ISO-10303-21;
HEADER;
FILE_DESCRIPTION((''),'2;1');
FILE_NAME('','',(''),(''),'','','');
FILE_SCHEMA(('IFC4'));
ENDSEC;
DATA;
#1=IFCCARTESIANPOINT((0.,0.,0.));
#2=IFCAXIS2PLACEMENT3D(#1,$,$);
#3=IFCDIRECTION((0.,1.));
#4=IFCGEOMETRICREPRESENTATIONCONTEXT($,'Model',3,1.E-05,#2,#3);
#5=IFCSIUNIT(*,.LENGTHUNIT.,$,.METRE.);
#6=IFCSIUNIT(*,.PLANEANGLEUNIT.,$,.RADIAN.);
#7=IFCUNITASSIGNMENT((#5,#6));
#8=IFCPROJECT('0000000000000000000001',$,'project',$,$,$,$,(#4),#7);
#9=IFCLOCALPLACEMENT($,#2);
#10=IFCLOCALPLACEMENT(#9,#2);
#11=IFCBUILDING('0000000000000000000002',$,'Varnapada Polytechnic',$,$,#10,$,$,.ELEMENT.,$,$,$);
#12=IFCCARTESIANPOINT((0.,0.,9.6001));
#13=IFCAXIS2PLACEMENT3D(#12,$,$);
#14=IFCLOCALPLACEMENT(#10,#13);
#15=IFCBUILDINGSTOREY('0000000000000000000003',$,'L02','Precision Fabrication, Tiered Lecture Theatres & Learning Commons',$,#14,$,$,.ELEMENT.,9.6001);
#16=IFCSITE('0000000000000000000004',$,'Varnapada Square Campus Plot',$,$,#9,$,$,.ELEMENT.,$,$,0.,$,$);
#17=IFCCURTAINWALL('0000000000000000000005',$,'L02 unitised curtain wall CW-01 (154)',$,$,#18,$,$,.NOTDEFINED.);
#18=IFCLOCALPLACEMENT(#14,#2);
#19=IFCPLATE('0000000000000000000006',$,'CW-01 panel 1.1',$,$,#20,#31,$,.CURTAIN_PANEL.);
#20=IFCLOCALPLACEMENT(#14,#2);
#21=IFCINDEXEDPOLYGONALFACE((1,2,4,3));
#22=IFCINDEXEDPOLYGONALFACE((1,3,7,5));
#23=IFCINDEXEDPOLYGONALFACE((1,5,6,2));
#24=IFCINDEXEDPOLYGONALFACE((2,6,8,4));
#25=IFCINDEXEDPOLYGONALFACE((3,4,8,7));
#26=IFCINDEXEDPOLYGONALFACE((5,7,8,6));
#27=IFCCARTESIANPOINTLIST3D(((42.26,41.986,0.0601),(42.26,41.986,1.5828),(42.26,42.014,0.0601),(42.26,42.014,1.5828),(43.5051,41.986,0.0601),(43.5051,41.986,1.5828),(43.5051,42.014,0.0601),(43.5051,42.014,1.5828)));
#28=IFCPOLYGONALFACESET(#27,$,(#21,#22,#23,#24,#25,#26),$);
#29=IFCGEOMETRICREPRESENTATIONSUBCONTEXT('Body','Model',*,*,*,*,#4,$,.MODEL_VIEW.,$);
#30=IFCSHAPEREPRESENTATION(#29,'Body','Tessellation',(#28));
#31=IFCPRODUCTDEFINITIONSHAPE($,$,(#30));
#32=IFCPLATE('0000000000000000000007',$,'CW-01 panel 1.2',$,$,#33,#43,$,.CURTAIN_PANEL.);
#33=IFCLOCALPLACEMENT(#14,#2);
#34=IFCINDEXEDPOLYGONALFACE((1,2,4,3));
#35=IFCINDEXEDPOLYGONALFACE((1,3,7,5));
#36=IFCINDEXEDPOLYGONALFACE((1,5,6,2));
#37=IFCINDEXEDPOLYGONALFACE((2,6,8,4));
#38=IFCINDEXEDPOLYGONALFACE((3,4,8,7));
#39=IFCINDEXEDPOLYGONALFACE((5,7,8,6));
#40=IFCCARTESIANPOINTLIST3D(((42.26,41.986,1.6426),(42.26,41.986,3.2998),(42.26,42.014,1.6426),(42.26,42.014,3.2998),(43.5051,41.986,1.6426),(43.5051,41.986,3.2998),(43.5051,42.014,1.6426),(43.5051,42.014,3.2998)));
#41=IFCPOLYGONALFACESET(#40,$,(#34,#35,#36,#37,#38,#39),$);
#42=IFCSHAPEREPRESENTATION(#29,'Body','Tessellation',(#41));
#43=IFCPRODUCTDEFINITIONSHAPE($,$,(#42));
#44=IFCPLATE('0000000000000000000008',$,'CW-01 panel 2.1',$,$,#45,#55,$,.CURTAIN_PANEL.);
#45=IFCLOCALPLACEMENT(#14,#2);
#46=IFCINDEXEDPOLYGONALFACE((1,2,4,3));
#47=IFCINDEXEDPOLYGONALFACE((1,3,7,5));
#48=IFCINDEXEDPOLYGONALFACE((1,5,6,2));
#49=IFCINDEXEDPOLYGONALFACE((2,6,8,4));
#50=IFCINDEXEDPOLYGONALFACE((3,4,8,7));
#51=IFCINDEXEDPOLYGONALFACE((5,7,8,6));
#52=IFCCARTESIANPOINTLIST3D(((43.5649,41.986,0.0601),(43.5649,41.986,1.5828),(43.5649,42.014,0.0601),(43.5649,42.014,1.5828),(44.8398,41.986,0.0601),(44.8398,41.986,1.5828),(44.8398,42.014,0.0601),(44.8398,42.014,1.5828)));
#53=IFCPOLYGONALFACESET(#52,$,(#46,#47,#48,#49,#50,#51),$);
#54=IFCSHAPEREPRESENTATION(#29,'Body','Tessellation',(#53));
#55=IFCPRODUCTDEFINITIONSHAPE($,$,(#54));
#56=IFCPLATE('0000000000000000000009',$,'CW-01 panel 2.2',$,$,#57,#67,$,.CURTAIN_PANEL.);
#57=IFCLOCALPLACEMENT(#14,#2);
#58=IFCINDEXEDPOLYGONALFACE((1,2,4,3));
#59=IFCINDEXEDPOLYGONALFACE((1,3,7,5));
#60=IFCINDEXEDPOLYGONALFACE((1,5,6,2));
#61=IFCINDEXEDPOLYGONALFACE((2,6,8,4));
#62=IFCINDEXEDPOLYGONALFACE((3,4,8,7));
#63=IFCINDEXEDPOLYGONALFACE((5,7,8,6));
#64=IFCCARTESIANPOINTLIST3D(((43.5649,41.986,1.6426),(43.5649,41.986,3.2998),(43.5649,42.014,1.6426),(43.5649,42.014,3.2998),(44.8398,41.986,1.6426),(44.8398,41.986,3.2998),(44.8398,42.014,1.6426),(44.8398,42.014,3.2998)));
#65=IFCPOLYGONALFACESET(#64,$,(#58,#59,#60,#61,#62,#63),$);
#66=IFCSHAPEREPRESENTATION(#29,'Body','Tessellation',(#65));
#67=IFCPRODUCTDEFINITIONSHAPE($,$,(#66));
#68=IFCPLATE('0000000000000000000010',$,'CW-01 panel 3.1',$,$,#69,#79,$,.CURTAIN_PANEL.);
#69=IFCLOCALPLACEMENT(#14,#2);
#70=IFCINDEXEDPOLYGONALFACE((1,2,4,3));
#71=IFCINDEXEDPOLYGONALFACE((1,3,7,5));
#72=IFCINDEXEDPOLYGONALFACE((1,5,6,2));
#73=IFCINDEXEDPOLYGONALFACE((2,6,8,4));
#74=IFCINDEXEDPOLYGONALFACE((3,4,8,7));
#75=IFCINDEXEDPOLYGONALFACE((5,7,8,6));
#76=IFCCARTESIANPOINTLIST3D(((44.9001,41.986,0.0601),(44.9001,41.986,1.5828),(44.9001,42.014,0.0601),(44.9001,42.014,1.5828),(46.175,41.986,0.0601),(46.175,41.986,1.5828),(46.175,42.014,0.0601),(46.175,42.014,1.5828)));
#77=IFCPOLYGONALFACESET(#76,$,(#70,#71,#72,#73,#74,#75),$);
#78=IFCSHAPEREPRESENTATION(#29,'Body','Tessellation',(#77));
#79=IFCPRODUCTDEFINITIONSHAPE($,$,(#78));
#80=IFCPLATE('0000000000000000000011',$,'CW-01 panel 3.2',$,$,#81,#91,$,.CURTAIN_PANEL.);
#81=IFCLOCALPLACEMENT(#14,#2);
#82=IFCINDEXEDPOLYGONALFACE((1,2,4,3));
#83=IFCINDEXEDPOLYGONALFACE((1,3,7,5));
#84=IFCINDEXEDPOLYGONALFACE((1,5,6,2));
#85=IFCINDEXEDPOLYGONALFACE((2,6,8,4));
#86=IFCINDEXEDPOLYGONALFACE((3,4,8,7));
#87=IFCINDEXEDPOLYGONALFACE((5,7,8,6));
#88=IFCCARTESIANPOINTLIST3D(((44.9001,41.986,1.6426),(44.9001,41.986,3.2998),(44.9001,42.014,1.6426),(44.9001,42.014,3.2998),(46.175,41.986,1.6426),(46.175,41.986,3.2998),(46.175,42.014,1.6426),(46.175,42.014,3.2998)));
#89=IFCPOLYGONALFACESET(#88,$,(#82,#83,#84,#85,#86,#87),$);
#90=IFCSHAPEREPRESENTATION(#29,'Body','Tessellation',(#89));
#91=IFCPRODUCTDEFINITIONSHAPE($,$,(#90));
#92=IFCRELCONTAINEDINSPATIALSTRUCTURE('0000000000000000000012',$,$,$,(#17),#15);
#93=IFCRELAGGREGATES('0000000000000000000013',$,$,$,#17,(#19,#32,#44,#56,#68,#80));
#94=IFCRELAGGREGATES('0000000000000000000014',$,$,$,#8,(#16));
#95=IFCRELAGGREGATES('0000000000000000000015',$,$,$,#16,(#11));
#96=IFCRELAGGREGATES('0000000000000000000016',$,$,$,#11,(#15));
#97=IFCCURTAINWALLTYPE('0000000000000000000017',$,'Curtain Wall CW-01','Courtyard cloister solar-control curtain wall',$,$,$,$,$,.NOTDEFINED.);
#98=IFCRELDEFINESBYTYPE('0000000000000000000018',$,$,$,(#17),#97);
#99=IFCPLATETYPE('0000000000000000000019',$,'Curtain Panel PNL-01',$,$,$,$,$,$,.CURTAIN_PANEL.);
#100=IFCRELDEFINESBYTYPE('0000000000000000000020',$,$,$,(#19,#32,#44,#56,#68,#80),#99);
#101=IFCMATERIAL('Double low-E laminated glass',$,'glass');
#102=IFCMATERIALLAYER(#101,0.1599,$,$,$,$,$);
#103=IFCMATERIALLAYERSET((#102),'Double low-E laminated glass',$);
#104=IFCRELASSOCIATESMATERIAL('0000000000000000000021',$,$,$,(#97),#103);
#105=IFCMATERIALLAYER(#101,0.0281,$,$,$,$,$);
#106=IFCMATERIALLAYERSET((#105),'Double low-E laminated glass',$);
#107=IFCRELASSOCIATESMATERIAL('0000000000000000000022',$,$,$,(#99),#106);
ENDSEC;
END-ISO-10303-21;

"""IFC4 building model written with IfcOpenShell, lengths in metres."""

from ifc_helpers import new_model, si_unit, direction, frame, origin, origin_2d, place, context, subcontext, project, spatial, rectangle, extrude, material, layer, layer_set, type_object, element, aggregate, save


model = new_model("IFC4")

# Units and contexts
model_context = context("Model", 3, precision=1e-05, world=origin(), true_north=direction((0.0, 1.0)))
body_context = subcontext(model_context, "Body", "Model", "MODEL_VIEW")
ifc_project = project(units=[si_unit("LENGTHUNIT", "METRE"), si_unit("PLANEANGLEUNIT", "RADIAN")], contexts=[model_context])

# Site, building, storey
site_placement = place(None, origin())
site = spatial("IfcSite", under=ifc_project, at=site_placement, Name="Varnapada Square Campus Plot", CompositionType="ELEMENT", RefElevation=0.0)
building_placement = place(site_placement, origin())
building = spatial("IfcBuilding", under=site, at=building_placement, Name="Varnapada Polytechnic", CompositionType="ELEMENT")
storey_placement = place(building_placement, frame((0.0, 0.0, 9.6001)))
storey = spatial("IfcBuildingStorey", under=building, at=storey_placement, Name="L02", Description="Precision Fabrication, Tiered Lecture Theatres & Learning Commons", CompositionType="ELEMENT", Elevation=9.6001)

# Curtain wall, plates
ifc_material_1 = material(Name="Double low-E laminated glass", Category="glass")
ifc_layer_1 = layer(ifc_material_1, 0.1599)
ifc_layer_set_1 = layer_set([ifc_layer_1], Name="Double low-E laminated glass")
curtain_wall_type = type_object("IfcCurtainWallType", Name="Curtain Wall CW-01", Description="Courtyard cloister solar-control curtain wall", PredefinedType="NOTDEFINED", material=ifc_layer_set_1)
curtain_wall_placement = place(storey_placement, origin())
curtain_wall = element("IfcCurtainWall", 1, at=curtain_wall_placement, inside=storey, type_object=curtain_wall_type, Name="L02 unitised curtain wall CW-01 (154)", PredefinedType="NOTDEFINED")
ifc_layer_2 = layer(ifc_material_1, 0.0281)
ifc_layer_set_2 = layer_set([ifc_layer_2], Name="Double low-E laminated glass")
plate_type = type_object("IfcPlateType", Name="Curtain Panel PNL-01", PredefinedType="CURTAIN_PANEL", material=ifc_layer_set_2)
plate_1_placement = place(storey_placement, frame((42.8826, 42.0, 0.0601), z_axis=(0.0, 0.0, 1.0), x_axis=(1.0, 0.0, 0.0)))
plate_1 = element("IfcPlate", 2, at=plate_1_placement, type_object=plate_type, Name="CW-01 panel 1.1", PredefinedType="CURTAIN_PANEL", context=body_context, shape_type="SweptSolid", body=[
    extrude(rectangle(XDim=1.2451, YDim=0.0281, at=origin_2d()), origin(), (0.0, 0.0, 1.0), 1.5227),
])
plate_2_placement = place(storey_placement, frame((42.8826, 42.0, 1.6426), z_axis=(0.0, 0.0, 1.0), x_axis=(1.0, 0.0, 0.0)))
plate_2 = element("IfcPlate", 3, at=plate_2_placement, type_object=plate_type, Name="CW-01 panel 1.2", PredefinedType="CURTAIN_PANEL", context=body_context, shape_type="SweptSolid", body=[
    extrude(rectangle(XDim=1.2451, YDim=0.0281, at=origin_2d()), origin(), (0.0, 0.0, 1.0), 1.6572),
])
plate_3_placement = place(storey_placement, frame((44.2024, 42.0, 0.0601), z_axis=(0.0, 0.0, 1.0), x_axis=(1.0, 0.0, 0.0)))
plate_3 = element("IfcPlate", 4, at=plate_3_placement, type_object=plate_type, Name="CW-01 panel 2.1", PredefinedType="CURTAIN_PANEL", context=body_context, shape_type="SweptSolid", body=[
    extrude(rectangle(XDim=1.2749, YDim=0.0281, at=origin_2d()), origin(), (0.0, 0.0, 1.0), 1.5227),
])
plate_4_placement = place(storey_placement, frame((44.2024, 42.0, 1.6426), z_axis=(0.0, 0.0, 1.0), x_axis=(1.0, 0.0, 0.0)))
plate_4 = element("IfcPlate", 5, at=plate_4_placement, type_object=plate_type, Name="CW-01 panel 2.2", PredefinedType="CURTAIN_PANEL", context=body_context, shape_type="SweptSolid", body=[
    extrude(rectangle(XDim=1.2749, YDim=0.0281, at=origin_2d()), origin(), (0.0, 0.0, 1.0), 1.6572),
])
plate_5_placement = place(storey_placement, frame((45.5376, 42.0, 0.0601), z_axis=(0.0, 0.0, 1.0), x_axis=(1.0, 0.0, 0.0)))
plate_5 = element("IfcPlate", 6, at=plate_5_placement, type_object=plate_type, Name="CW-01 panel 3.1", PredefinedType="CURTAIN_PANEL", context=body_context, shape_type="SweptSolid", body=[
    extrude(rectangle(XDim=1.2749, YDim=0.0281, at=origin_2d()), origin(), (0.0, 0.0, 1.0), 1.5227),
])
plate_6_placement = place(storey_placement, frame((45.5376, 42.0, 1.6426), z_axis=(0.0, 0.0, 1.0), x_axis=(1.0, 0.0, 0.0)))
plate_6 = element("IfcPlate", 7, at=plate_6_placement, type_object=plate_type, Name="CW-01 panel 3.2", PredefinedType="CURTAIN_PANEL", context=body_context, shape_type="SweptSolid", body=[
    extrude(rectangle(XDim=1.2749, YDim=0.0281, at=origin_2d()), origin(), (0.0, 0.0, 1.0), 1.6572),
])
aggregate(curtain_wall, [plate_1, plate_2, plate_3, plate_4, plate_5, plate_6])

save(model, "model.ifc")
